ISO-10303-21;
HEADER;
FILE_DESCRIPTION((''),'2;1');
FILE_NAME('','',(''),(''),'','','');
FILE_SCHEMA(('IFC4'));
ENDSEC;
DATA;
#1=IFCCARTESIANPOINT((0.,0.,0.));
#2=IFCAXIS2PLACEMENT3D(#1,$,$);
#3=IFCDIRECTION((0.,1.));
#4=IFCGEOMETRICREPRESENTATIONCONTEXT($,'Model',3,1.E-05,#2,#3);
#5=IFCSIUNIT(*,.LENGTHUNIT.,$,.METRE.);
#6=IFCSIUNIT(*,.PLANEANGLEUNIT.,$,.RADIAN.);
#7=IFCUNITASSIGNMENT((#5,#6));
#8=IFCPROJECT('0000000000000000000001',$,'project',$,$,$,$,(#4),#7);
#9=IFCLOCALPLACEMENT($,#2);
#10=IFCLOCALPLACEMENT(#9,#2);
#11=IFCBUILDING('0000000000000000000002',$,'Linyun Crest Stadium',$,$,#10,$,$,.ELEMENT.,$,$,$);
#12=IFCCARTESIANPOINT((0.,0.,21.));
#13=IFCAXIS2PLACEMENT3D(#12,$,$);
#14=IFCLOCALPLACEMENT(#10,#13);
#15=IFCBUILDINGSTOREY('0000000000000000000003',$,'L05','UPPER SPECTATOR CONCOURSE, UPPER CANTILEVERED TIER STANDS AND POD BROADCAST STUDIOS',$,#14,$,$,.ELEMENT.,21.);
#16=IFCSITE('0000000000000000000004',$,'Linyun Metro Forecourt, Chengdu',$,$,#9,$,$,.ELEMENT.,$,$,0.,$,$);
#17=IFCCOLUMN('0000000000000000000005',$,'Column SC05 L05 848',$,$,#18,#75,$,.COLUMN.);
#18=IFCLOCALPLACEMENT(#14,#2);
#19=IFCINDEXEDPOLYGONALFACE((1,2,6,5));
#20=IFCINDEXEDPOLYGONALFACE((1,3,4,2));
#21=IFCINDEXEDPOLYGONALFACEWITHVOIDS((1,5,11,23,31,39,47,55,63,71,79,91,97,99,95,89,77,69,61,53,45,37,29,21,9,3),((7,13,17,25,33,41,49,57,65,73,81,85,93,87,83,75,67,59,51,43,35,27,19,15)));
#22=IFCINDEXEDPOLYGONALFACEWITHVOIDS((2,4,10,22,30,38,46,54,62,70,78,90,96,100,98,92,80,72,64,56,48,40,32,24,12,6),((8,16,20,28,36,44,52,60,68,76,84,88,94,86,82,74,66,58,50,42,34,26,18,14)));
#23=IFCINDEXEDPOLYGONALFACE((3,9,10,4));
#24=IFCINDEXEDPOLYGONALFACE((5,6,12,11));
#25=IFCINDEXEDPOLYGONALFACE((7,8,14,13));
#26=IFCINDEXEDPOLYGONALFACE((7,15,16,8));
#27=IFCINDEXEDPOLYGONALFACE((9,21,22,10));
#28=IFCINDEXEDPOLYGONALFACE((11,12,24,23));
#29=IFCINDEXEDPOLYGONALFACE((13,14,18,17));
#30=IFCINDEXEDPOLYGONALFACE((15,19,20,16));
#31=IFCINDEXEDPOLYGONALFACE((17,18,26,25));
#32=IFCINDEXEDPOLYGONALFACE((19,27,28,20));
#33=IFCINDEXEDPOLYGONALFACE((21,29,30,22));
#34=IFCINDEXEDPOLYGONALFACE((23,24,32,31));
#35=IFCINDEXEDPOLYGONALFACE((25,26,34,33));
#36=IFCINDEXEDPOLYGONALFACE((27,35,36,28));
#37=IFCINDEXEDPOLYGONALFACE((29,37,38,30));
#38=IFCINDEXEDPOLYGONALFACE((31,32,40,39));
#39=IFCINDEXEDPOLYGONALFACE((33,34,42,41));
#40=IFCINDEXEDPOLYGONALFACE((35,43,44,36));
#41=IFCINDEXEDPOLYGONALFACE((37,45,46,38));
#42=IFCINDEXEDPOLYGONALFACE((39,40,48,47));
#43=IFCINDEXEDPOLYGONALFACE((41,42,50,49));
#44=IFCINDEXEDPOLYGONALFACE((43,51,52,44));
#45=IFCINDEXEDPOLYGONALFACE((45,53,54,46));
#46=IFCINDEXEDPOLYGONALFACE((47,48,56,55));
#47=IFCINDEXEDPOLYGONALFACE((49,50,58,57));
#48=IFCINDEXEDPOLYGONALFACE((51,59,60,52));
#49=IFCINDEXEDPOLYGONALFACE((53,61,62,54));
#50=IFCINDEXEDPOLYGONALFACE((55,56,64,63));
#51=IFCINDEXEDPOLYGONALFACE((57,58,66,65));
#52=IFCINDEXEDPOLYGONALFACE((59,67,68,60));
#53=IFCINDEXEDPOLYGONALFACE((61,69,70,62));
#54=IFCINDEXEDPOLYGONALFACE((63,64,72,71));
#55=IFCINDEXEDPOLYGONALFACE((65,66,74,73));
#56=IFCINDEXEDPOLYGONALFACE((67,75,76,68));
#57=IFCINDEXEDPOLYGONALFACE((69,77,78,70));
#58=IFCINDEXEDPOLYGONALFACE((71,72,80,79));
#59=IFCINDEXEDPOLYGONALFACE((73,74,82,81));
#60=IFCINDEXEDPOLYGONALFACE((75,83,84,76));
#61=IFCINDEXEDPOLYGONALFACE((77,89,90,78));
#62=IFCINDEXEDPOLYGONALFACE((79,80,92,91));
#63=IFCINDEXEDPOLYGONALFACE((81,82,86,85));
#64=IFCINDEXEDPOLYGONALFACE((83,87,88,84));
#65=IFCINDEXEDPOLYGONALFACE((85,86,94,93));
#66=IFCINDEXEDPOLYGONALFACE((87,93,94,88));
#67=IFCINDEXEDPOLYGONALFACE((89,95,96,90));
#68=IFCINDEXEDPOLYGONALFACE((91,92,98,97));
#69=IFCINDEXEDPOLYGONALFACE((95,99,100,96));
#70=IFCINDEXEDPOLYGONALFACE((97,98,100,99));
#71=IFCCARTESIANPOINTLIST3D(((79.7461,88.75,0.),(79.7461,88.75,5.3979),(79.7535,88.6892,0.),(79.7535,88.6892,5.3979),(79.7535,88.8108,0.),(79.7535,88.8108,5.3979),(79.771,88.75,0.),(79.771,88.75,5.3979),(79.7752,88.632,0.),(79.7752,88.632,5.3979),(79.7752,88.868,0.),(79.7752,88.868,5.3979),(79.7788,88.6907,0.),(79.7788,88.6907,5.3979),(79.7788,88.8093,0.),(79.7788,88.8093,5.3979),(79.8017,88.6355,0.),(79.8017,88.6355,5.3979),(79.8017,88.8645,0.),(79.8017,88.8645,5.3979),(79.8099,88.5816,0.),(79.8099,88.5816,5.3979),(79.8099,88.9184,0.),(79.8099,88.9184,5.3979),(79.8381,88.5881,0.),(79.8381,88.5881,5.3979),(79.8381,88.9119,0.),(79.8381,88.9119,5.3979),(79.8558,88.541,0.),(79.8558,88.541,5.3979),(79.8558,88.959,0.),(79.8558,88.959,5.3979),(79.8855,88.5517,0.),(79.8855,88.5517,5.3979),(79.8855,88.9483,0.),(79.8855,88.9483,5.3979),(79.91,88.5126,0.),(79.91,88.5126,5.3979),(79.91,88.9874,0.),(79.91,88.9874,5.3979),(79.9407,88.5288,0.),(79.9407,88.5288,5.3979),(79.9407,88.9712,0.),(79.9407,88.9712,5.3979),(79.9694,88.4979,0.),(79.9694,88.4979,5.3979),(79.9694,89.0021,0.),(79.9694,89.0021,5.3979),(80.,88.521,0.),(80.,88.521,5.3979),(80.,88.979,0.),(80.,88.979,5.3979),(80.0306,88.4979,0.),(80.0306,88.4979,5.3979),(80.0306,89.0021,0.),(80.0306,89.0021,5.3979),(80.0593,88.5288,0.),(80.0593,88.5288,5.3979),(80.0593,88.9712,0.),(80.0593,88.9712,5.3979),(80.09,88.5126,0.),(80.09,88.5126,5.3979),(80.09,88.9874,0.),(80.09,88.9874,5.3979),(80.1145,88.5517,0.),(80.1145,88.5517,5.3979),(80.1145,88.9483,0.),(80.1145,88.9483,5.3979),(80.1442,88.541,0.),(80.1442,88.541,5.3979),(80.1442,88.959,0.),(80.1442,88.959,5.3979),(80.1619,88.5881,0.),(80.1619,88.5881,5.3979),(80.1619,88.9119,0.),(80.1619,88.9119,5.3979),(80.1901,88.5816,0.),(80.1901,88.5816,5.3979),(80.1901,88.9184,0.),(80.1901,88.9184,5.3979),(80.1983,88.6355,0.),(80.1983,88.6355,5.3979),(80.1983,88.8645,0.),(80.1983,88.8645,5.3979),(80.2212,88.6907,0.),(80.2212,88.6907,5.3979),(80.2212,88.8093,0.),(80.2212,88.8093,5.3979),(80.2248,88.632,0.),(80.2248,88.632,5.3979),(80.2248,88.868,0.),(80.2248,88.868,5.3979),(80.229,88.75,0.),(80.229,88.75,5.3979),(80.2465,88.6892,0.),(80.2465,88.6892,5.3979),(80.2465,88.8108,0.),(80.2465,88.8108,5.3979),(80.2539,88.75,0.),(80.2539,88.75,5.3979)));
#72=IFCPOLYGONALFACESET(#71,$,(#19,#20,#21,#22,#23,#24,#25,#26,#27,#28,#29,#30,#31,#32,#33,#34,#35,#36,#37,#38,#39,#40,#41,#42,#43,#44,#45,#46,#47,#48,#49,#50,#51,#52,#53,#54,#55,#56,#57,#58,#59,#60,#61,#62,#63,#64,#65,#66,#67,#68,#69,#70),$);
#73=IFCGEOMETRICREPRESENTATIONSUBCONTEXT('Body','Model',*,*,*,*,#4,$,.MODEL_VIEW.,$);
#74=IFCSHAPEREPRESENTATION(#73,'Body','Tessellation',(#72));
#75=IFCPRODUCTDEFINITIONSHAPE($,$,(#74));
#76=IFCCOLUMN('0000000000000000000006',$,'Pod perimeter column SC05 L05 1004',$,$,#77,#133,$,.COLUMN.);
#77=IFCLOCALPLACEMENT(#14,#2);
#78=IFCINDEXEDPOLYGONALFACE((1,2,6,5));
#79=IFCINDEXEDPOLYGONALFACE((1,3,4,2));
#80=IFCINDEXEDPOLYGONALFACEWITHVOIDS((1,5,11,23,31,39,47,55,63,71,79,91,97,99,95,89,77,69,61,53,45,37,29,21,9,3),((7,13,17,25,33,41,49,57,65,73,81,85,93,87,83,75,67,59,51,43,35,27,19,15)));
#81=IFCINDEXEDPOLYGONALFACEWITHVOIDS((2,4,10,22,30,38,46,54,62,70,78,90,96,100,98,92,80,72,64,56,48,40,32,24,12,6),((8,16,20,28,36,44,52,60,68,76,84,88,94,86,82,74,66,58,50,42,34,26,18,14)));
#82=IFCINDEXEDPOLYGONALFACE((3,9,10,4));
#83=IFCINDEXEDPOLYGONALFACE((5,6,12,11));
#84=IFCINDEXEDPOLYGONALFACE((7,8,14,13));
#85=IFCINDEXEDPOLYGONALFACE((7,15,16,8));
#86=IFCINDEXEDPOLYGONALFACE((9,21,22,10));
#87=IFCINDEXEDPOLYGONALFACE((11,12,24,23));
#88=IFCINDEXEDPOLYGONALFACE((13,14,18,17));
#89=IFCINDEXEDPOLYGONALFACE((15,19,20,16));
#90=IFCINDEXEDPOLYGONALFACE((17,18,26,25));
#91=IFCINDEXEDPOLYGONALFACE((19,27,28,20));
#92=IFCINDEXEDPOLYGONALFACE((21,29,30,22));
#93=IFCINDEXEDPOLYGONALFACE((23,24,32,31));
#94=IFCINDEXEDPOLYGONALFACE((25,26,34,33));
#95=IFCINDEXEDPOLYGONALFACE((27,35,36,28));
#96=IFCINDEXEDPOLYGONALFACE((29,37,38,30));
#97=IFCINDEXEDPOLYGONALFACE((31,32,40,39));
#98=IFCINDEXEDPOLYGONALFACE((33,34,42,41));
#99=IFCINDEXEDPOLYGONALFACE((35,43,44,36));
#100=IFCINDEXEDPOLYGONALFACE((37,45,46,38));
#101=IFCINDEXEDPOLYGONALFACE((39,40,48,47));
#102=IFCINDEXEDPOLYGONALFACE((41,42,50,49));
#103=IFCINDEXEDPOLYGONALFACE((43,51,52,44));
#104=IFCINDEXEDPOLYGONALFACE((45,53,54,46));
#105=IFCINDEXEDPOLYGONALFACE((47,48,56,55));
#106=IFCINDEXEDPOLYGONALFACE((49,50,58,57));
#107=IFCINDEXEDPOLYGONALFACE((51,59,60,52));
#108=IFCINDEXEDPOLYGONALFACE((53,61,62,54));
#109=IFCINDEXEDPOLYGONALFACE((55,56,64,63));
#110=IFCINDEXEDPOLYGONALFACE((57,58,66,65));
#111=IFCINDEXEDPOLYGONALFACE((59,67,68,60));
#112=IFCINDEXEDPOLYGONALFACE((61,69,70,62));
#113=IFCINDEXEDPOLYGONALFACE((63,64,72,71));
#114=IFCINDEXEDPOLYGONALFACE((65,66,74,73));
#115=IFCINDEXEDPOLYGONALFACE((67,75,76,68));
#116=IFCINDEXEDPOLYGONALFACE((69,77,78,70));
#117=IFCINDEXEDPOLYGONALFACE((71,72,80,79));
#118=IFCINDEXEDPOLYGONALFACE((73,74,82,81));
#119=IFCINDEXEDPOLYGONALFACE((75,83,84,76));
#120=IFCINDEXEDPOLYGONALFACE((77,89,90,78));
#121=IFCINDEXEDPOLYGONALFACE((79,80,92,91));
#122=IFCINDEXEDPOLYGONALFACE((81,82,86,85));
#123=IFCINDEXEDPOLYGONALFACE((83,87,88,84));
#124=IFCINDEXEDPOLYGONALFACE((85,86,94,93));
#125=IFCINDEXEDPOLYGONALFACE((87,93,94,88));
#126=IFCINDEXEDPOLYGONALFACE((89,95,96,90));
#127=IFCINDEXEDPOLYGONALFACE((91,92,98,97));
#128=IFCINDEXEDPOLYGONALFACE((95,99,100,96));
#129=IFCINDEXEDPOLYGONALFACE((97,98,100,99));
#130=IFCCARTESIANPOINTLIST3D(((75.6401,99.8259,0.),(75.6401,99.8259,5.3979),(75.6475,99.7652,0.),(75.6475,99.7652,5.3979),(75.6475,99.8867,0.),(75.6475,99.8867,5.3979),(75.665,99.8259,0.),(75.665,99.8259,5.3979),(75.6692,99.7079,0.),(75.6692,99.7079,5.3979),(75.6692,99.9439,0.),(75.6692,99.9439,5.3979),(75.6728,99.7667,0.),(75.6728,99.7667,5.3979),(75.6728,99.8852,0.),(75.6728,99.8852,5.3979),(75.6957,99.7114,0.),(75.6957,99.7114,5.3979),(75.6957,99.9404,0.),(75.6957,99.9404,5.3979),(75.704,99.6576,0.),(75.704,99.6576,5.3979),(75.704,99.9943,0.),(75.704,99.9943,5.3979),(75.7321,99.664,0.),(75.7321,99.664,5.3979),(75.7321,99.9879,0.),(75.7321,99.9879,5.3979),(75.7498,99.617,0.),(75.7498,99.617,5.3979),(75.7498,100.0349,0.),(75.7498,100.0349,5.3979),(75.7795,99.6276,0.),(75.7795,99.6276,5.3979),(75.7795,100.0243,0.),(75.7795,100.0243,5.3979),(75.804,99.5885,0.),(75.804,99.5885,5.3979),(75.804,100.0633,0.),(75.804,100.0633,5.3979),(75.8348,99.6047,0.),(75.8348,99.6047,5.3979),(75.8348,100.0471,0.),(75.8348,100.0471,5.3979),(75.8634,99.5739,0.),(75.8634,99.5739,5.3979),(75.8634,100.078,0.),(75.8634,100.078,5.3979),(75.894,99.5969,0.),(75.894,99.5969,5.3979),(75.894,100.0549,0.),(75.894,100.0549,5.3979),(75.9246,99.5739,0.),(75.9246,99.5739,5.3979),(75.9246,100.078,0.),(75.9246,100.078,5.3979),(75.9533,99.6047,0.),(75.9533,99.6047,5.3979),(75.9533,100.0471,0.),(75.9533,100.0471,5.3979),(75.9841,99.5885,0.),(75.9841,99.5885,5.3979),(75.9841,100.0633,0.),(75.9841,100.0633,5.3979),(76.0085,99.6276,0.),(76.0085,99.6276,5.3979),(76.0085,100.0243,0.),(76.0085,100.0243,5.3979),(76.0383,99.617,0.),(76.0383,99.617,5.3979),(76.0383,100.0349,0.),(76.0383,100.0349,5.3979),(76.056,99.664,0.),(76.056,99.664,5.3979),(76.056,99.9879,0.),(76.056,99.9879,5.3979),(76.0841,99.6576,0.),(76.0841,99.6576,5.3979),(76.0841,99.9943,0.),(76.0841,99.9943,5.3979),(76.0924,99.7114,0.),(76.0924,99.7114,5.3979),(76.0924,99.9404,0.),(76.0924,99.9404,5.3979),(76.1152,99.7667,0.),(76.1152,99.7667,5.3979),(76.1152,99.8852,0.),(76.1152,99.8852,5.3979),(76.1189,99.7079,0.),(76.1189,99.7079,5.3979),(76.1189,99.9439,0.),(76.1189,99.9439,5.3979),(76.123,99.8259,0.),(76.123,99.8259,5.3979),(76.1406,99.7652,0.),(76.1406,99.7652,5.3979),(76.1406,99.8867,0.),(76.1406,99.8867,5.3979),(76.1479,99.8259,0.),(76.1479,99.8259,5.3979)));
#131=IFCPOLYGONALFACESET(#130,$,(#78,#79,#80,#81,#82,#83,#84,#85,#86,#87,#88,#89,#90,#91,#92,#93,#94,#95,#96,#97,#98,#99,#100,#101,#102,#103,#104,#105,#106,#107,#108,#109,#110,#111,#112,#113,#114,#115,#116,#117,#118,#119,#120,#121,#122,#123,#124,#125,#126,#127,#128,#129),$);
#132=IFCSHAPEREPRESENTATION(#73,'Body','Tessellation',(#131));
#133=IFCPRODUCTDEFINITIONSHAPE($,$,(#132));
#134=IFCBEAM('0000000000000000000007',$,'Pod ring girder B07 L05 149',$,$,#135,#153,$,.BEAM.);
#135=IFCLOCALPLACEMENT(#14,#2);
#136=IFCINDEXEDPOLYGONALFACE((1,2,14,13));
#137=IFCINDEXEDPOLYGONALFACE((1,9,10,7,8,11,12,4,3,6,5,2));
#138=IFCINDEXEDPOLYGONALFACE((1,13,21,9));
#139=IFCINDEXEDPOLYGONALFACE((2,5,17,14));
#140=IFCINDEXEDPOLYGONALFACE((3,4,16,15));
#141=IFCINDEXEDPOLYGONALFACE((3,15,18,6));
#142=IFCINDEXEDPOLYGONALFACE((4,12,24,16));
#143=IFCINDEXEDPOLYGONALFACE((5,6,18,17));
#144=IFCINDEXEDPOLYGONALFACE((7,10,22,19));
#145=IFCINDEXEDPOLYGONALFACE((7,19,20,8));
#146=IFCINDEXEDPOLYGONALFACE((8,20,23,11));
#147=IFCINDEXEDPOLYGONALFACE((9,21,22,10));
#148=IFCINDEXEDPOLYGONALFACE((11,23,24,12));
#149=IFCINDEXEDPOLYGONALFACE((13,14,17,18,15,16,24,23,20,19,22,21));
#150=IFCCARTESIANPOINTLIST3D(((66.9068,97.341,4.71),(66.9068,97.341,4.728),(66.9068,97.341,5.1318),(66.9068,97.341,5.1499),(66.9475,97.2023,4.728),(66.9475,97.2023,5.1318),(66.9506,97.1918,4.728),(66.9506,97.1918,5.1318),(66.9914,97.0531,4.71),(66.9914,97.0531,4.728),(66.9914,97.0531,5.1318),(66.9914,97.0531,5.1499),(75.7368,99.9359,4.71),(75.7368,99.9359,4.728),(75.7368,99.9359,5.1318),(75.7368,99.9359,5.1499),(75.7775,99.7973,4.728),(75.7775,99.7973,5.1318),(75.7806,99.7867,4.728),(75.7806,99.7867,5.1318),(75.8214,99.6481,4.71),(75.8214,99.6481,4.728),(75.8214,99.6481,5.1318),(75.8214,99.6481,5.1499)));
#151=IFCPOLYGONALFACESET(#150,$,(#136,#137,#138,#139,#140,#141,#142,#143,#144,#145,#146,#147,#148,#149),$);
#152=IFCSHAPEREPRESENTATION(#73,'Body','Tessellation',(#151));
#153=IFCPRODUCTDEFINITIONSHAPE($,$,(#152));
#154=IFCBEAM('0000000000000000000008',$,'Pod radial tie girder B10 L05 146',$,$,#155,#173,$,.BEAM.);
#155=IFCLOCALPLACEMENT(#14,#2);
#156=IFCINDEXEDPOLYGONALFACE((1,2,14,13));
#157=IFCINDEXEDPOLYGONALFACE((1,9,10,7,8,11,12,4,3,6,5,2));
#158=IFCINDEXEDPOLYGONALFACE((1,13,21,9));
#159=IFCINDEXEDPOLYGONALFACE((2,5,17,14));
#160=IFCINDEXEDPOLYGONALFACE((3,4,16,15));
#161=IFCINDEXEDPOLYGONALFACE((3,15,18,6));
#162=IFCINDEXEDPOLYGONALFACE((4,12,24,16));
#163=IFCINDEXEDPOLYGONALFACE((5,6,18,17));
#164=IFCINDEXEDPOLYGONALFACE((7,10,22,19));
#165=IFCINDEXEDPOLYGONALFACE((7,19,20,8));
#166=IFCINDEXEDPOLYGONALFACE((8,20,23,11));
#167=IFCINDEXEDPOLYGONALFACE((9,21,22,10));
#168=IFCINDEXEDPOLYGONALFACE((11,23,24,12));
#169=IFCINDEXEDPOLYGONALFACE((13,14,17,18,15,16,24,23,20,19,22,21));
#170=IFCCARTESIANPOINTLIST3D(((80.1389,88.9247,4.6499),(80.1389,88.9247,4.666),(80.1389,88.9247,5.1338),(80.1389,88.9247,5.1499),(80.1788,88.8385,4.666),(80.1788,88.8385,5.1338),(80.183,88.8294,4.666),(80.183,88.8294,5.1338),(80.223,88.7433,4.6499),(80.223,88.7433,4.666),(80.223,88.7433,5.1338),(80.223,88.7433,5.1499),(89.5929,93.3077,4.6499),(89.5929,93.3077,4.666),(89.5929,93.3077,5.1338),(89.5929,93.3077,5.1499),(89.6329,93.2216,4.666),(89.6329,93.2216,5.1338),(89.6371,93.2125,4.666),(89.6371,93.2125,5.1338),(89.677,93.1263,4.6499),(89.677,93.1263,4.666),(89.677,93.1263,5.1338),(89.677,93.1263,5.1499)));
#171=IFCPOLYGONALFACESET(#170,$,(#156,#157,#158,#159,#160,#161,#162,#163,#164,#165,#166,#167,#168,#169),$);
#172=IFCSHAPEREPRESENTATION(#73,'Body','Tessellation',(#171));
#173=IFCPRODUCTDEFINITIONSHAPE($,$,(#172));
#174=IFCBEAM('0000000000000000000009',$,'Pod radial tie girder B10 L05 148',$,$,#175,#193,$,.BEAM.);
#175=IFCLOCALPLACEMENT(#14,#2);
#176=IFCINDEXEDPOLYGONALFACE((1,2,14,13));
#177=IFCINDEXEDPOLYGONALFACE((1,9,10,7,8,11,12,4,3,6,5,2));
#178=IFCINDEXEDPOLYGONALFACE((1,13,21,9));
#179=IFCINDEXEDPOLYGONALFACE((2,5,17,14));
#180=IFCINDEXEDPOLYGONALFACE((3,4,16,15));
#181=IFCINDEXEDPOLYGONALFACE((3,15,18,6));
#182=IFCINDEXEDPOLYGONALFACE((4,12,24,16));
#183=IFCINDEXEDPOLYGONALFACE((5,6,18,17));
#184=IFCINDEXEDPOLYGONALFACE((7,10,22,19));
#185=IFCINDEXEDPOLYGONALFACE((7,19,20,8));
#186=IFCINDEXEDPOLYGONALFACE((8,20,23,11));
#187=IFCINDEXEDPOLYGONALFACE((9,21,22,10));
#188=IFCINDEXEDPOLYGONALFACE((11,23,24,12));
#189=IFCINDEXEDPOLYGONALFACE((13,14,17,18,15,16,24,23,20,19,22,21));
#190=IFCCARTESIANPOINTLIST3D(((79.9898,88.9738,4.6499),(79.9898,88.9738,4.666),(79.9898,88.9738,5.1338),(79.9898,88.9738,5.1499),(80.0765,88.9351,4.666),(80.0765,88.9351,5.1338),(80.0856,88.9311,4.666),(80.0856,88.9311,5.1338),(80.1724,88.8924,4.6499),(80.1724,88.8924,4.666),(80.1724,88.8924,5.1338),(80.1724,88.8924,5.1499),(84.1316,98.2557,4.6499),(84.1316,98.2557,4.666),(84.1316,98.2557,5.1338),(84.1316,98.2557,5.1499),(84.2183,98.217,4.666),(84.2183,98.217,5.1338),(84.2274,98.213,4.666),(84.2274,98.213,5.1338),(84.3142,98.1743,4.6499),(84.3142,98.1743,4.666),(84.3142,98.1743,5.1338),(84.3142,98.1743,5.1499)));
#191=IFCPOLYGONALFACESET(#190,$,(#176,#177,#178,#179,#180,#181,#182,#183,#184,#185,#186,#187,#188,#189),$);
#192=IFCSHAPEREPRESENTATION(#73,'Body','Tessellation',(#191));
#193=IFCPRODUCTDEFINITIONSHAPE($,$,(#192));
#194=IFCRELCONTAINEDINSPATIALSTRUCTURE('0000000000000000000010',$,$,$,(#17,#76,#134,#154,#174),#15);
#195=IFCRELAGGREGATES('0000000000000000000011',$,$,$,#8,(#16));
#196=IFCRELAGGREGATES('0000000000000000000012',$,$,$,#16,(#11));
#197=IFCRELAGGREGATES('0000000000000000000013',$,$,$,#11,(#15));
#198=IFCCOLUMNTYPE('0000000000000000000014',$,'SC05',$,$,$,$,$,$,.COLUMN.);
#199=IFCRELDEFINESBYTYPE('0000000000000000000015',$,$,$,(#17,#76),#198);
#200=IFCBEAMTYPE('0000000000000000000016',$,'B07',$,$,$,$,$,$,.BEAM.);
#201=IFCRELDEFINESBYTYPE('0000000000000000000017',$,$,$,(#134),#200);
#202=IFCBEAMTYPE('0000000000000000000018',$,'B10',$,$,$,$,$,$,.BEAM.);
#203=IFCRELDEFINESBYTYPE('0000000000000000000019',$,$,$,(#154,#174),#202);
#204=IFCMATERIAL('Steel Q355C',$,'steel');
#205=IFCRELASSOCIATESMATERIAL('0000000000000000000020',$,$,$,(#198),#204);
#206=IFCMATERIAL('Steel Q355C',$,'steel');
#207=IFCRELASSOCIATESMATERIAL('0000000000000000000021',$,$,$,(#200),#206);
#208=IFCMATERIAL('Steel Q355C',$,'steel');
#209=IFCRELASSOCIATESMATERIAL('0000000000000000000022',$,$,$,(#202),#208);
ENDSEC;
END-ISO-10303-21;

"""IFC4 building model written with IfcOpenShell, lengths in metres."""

from ifc_helpers import new_model, si_unit, direction, frame, origin, origin_2d, place, context, subcontext, project, spatial, hollow_circle, i_section, extrude, material, material_profile, profile_set, type_object, element, save


model = new_model("IFC4")

# Units and contexts
model_context = context("Model", 3, precision=1e-05, world=origin(), true_north=direction((0.0, 1.0)))
body_context = subcontext(model_context, "Body", "Model", "MODEL_VIEW")
ifc_project = project(units=[si_unit("LENGTHUNIT", "METRE"), si_unit("PLANEANGLEUNIT", "RADIAN")], contexts=[model_context])

# Site, building, storey
site_placement = place(None, origin())
site = spatial("IfcSite", under=ifc_project, at=site_placement, Name="Linyun Metro Forecourt, Chengdu", CompositionType="ELEMENT", RefElevation=0.0)
building_placement = place(site_placement, origin())
building = spatial("IfcBuilding", under=site, at=building_placement, Name="Linyun Crest Stadium", CompositionType="ELEMENT")
storey_placement = place(building_placement, frame((0.0, 0.0, 21.0)))
storey = spatial("IfcBuildingStorey", under=building, at=storey_placement, Name="L05", Description="UPPER SPECTATOR CONCOURSE, UPPER CANTILEVERED TIER STANDS AND POD BROADCAST STUDIOS", CompositionType="ELEMENT", Elevation=21.0)

# Columns
ifc_material_1 = material(Name="Steel Q355C", Category="steel")
ifc_material_profile_1 = material_profile(ifc_material_1, hollow_circle(Radius=0.2539, WallThickness=0.0249, at=origin_2d()), Name="CHS 508x25")
ifc_profile_set_1 = profile_set([ifc_material_profile_1], Name="Steel Q355C")
column_type = type_object("IfcColumnType", Name="SC05", PredefinedType="COLUMN", material=ifc_profile_set_1)
for number, where, z_axis, x_axis, name in (
    (1, (80.0, 88.75, 0.0), (0.0, 0.0, 1.0), (1.0, 0.0, 0.0), "Column SC05 L05 848"),
    (2, (75.894, 99.8259, 0.0), (0.0, 0.0, 1.0), (1.0, 0.0, 0.0), "Pod perimeter column SC05 L05 1004"),
):
    element("IfcColumn", number, at=place(storey_placement, frame(where, z_axis=z_axis, x_axis=x_axis)), inside=storey, type_object=column_type, Name=name, PredefinedType="COLUMN", context=body_context, shape_type="SweptSolid", body=[
        extrude(hollow_circle(Radius=0.2539, WallThickness=0.0249, at=origin_2d()), origin(), (0.0, 0.0, 1.0), 5.3979),
    ])

# Beams
ifc_material_2 = material(Name="Steel Q355C", Category="steel")
ifc_material_profile_2 = material_profile(ifc_material_2, i_section(OverallWidth=0.3, OverallDepth=0.4399, WebThickness=0.011, FlangeThickness=0.0181, at=origin_2d()), Name="HM 440x300")
ifc_profile_set_2 = profile_set([ifc_material_profile_2], Name="Steel Q355C")
beam_type_1 = type_object("IfcBeamType", Name="B07", PredefinedType="BEAM", material=ifc_profile_set_2)
beam_1_placement = place(storey_placement, frame((75.7791, 99.792, 4.9299), z_axis=(-0.959428, -0.281955, 0.0), x_axis=(0.281955, -0.959428, 0.0)))
element("IfcBeam", 3, at=beam_1_placement, inside=storey, type_object=beam_type_1, Name="Pod ring girder B07 L05 149", PredefinedType="BEAM", context=body_context, shape_type="SweptSolid", body=[
    extrude(i_section(OverallWidth=0.3, OverallDepth=0.4399, WebThickness=0.011, FlangeThickness=0.0181, at=origin_2d()), origin(), (0.0, 0.0, 1.0), 9.2034),
])
ifc_material_3 = material(Name="Steel Q355C", Category="steel")
ifc_material_profile_3 = material_profile(ifc_material_3, i_section(OverallWidth=0.2, OverallDepth=0.5, WebThickness=0.01, FlangeThickness=0.0161, at=origin_2d()), Name="HN 500x200")
ifc_profile_set_3 = profile_set([ifc_material_profile_3], Name="Steel Q355C")
beam_type_2 = type_object("IfcBeamType", Name="B10", PredefinedType="BEAM", material=ifc_profile_set_3)
beam_2_placement = place(storey_placement, frame((80.1809, 88.834, 4.8999), z_axis=(0.907241, 0.42061, 0.0), x_axis=(-0.42061, 0.907241, 0.0)))
element("IfcBeam", 4, at=beam_2_placement, inside=storey, type_object=beam_type_2, Name="Pod radial tie girder B10 L05 146", PredefinedType="BEAM", context=body_context, shape_type="SweptSolid", body=[
    extrude(i_section(OverallWidth=0.2, OverallDepth=0.5, WebThickness=0.01, FlangeThickness=0.0161, at=origin_2d()), origin(), (0.0, 0.0, 1.0), 10.4207),
])
beam_3_placement = place(storey_placement, frame((80.0811, 88.9331, 4.8999), z_axis=(0.407495, 0.913207, 0.0), x_axis=(-0.913207, 0.407495, 0.0)))
element("IfcBeam", 5, at=beam_3_placement, inside=storey, type_object=beam_type_2, Name="Pod radial tie girder B10 L05 148", PredefinedType="BEAM", context=body_context, shape_type="SweptSolid", body=[
    extrude(i_section(OverallWidth=0.2, OverallDepth=0.5, WebThickness=0.01, FlangeThickness=0.0161, at=origin_2d()), origin(), (0.0, 0.0, 1.0), 10.1641),
])

save(model, "model.ifc")
